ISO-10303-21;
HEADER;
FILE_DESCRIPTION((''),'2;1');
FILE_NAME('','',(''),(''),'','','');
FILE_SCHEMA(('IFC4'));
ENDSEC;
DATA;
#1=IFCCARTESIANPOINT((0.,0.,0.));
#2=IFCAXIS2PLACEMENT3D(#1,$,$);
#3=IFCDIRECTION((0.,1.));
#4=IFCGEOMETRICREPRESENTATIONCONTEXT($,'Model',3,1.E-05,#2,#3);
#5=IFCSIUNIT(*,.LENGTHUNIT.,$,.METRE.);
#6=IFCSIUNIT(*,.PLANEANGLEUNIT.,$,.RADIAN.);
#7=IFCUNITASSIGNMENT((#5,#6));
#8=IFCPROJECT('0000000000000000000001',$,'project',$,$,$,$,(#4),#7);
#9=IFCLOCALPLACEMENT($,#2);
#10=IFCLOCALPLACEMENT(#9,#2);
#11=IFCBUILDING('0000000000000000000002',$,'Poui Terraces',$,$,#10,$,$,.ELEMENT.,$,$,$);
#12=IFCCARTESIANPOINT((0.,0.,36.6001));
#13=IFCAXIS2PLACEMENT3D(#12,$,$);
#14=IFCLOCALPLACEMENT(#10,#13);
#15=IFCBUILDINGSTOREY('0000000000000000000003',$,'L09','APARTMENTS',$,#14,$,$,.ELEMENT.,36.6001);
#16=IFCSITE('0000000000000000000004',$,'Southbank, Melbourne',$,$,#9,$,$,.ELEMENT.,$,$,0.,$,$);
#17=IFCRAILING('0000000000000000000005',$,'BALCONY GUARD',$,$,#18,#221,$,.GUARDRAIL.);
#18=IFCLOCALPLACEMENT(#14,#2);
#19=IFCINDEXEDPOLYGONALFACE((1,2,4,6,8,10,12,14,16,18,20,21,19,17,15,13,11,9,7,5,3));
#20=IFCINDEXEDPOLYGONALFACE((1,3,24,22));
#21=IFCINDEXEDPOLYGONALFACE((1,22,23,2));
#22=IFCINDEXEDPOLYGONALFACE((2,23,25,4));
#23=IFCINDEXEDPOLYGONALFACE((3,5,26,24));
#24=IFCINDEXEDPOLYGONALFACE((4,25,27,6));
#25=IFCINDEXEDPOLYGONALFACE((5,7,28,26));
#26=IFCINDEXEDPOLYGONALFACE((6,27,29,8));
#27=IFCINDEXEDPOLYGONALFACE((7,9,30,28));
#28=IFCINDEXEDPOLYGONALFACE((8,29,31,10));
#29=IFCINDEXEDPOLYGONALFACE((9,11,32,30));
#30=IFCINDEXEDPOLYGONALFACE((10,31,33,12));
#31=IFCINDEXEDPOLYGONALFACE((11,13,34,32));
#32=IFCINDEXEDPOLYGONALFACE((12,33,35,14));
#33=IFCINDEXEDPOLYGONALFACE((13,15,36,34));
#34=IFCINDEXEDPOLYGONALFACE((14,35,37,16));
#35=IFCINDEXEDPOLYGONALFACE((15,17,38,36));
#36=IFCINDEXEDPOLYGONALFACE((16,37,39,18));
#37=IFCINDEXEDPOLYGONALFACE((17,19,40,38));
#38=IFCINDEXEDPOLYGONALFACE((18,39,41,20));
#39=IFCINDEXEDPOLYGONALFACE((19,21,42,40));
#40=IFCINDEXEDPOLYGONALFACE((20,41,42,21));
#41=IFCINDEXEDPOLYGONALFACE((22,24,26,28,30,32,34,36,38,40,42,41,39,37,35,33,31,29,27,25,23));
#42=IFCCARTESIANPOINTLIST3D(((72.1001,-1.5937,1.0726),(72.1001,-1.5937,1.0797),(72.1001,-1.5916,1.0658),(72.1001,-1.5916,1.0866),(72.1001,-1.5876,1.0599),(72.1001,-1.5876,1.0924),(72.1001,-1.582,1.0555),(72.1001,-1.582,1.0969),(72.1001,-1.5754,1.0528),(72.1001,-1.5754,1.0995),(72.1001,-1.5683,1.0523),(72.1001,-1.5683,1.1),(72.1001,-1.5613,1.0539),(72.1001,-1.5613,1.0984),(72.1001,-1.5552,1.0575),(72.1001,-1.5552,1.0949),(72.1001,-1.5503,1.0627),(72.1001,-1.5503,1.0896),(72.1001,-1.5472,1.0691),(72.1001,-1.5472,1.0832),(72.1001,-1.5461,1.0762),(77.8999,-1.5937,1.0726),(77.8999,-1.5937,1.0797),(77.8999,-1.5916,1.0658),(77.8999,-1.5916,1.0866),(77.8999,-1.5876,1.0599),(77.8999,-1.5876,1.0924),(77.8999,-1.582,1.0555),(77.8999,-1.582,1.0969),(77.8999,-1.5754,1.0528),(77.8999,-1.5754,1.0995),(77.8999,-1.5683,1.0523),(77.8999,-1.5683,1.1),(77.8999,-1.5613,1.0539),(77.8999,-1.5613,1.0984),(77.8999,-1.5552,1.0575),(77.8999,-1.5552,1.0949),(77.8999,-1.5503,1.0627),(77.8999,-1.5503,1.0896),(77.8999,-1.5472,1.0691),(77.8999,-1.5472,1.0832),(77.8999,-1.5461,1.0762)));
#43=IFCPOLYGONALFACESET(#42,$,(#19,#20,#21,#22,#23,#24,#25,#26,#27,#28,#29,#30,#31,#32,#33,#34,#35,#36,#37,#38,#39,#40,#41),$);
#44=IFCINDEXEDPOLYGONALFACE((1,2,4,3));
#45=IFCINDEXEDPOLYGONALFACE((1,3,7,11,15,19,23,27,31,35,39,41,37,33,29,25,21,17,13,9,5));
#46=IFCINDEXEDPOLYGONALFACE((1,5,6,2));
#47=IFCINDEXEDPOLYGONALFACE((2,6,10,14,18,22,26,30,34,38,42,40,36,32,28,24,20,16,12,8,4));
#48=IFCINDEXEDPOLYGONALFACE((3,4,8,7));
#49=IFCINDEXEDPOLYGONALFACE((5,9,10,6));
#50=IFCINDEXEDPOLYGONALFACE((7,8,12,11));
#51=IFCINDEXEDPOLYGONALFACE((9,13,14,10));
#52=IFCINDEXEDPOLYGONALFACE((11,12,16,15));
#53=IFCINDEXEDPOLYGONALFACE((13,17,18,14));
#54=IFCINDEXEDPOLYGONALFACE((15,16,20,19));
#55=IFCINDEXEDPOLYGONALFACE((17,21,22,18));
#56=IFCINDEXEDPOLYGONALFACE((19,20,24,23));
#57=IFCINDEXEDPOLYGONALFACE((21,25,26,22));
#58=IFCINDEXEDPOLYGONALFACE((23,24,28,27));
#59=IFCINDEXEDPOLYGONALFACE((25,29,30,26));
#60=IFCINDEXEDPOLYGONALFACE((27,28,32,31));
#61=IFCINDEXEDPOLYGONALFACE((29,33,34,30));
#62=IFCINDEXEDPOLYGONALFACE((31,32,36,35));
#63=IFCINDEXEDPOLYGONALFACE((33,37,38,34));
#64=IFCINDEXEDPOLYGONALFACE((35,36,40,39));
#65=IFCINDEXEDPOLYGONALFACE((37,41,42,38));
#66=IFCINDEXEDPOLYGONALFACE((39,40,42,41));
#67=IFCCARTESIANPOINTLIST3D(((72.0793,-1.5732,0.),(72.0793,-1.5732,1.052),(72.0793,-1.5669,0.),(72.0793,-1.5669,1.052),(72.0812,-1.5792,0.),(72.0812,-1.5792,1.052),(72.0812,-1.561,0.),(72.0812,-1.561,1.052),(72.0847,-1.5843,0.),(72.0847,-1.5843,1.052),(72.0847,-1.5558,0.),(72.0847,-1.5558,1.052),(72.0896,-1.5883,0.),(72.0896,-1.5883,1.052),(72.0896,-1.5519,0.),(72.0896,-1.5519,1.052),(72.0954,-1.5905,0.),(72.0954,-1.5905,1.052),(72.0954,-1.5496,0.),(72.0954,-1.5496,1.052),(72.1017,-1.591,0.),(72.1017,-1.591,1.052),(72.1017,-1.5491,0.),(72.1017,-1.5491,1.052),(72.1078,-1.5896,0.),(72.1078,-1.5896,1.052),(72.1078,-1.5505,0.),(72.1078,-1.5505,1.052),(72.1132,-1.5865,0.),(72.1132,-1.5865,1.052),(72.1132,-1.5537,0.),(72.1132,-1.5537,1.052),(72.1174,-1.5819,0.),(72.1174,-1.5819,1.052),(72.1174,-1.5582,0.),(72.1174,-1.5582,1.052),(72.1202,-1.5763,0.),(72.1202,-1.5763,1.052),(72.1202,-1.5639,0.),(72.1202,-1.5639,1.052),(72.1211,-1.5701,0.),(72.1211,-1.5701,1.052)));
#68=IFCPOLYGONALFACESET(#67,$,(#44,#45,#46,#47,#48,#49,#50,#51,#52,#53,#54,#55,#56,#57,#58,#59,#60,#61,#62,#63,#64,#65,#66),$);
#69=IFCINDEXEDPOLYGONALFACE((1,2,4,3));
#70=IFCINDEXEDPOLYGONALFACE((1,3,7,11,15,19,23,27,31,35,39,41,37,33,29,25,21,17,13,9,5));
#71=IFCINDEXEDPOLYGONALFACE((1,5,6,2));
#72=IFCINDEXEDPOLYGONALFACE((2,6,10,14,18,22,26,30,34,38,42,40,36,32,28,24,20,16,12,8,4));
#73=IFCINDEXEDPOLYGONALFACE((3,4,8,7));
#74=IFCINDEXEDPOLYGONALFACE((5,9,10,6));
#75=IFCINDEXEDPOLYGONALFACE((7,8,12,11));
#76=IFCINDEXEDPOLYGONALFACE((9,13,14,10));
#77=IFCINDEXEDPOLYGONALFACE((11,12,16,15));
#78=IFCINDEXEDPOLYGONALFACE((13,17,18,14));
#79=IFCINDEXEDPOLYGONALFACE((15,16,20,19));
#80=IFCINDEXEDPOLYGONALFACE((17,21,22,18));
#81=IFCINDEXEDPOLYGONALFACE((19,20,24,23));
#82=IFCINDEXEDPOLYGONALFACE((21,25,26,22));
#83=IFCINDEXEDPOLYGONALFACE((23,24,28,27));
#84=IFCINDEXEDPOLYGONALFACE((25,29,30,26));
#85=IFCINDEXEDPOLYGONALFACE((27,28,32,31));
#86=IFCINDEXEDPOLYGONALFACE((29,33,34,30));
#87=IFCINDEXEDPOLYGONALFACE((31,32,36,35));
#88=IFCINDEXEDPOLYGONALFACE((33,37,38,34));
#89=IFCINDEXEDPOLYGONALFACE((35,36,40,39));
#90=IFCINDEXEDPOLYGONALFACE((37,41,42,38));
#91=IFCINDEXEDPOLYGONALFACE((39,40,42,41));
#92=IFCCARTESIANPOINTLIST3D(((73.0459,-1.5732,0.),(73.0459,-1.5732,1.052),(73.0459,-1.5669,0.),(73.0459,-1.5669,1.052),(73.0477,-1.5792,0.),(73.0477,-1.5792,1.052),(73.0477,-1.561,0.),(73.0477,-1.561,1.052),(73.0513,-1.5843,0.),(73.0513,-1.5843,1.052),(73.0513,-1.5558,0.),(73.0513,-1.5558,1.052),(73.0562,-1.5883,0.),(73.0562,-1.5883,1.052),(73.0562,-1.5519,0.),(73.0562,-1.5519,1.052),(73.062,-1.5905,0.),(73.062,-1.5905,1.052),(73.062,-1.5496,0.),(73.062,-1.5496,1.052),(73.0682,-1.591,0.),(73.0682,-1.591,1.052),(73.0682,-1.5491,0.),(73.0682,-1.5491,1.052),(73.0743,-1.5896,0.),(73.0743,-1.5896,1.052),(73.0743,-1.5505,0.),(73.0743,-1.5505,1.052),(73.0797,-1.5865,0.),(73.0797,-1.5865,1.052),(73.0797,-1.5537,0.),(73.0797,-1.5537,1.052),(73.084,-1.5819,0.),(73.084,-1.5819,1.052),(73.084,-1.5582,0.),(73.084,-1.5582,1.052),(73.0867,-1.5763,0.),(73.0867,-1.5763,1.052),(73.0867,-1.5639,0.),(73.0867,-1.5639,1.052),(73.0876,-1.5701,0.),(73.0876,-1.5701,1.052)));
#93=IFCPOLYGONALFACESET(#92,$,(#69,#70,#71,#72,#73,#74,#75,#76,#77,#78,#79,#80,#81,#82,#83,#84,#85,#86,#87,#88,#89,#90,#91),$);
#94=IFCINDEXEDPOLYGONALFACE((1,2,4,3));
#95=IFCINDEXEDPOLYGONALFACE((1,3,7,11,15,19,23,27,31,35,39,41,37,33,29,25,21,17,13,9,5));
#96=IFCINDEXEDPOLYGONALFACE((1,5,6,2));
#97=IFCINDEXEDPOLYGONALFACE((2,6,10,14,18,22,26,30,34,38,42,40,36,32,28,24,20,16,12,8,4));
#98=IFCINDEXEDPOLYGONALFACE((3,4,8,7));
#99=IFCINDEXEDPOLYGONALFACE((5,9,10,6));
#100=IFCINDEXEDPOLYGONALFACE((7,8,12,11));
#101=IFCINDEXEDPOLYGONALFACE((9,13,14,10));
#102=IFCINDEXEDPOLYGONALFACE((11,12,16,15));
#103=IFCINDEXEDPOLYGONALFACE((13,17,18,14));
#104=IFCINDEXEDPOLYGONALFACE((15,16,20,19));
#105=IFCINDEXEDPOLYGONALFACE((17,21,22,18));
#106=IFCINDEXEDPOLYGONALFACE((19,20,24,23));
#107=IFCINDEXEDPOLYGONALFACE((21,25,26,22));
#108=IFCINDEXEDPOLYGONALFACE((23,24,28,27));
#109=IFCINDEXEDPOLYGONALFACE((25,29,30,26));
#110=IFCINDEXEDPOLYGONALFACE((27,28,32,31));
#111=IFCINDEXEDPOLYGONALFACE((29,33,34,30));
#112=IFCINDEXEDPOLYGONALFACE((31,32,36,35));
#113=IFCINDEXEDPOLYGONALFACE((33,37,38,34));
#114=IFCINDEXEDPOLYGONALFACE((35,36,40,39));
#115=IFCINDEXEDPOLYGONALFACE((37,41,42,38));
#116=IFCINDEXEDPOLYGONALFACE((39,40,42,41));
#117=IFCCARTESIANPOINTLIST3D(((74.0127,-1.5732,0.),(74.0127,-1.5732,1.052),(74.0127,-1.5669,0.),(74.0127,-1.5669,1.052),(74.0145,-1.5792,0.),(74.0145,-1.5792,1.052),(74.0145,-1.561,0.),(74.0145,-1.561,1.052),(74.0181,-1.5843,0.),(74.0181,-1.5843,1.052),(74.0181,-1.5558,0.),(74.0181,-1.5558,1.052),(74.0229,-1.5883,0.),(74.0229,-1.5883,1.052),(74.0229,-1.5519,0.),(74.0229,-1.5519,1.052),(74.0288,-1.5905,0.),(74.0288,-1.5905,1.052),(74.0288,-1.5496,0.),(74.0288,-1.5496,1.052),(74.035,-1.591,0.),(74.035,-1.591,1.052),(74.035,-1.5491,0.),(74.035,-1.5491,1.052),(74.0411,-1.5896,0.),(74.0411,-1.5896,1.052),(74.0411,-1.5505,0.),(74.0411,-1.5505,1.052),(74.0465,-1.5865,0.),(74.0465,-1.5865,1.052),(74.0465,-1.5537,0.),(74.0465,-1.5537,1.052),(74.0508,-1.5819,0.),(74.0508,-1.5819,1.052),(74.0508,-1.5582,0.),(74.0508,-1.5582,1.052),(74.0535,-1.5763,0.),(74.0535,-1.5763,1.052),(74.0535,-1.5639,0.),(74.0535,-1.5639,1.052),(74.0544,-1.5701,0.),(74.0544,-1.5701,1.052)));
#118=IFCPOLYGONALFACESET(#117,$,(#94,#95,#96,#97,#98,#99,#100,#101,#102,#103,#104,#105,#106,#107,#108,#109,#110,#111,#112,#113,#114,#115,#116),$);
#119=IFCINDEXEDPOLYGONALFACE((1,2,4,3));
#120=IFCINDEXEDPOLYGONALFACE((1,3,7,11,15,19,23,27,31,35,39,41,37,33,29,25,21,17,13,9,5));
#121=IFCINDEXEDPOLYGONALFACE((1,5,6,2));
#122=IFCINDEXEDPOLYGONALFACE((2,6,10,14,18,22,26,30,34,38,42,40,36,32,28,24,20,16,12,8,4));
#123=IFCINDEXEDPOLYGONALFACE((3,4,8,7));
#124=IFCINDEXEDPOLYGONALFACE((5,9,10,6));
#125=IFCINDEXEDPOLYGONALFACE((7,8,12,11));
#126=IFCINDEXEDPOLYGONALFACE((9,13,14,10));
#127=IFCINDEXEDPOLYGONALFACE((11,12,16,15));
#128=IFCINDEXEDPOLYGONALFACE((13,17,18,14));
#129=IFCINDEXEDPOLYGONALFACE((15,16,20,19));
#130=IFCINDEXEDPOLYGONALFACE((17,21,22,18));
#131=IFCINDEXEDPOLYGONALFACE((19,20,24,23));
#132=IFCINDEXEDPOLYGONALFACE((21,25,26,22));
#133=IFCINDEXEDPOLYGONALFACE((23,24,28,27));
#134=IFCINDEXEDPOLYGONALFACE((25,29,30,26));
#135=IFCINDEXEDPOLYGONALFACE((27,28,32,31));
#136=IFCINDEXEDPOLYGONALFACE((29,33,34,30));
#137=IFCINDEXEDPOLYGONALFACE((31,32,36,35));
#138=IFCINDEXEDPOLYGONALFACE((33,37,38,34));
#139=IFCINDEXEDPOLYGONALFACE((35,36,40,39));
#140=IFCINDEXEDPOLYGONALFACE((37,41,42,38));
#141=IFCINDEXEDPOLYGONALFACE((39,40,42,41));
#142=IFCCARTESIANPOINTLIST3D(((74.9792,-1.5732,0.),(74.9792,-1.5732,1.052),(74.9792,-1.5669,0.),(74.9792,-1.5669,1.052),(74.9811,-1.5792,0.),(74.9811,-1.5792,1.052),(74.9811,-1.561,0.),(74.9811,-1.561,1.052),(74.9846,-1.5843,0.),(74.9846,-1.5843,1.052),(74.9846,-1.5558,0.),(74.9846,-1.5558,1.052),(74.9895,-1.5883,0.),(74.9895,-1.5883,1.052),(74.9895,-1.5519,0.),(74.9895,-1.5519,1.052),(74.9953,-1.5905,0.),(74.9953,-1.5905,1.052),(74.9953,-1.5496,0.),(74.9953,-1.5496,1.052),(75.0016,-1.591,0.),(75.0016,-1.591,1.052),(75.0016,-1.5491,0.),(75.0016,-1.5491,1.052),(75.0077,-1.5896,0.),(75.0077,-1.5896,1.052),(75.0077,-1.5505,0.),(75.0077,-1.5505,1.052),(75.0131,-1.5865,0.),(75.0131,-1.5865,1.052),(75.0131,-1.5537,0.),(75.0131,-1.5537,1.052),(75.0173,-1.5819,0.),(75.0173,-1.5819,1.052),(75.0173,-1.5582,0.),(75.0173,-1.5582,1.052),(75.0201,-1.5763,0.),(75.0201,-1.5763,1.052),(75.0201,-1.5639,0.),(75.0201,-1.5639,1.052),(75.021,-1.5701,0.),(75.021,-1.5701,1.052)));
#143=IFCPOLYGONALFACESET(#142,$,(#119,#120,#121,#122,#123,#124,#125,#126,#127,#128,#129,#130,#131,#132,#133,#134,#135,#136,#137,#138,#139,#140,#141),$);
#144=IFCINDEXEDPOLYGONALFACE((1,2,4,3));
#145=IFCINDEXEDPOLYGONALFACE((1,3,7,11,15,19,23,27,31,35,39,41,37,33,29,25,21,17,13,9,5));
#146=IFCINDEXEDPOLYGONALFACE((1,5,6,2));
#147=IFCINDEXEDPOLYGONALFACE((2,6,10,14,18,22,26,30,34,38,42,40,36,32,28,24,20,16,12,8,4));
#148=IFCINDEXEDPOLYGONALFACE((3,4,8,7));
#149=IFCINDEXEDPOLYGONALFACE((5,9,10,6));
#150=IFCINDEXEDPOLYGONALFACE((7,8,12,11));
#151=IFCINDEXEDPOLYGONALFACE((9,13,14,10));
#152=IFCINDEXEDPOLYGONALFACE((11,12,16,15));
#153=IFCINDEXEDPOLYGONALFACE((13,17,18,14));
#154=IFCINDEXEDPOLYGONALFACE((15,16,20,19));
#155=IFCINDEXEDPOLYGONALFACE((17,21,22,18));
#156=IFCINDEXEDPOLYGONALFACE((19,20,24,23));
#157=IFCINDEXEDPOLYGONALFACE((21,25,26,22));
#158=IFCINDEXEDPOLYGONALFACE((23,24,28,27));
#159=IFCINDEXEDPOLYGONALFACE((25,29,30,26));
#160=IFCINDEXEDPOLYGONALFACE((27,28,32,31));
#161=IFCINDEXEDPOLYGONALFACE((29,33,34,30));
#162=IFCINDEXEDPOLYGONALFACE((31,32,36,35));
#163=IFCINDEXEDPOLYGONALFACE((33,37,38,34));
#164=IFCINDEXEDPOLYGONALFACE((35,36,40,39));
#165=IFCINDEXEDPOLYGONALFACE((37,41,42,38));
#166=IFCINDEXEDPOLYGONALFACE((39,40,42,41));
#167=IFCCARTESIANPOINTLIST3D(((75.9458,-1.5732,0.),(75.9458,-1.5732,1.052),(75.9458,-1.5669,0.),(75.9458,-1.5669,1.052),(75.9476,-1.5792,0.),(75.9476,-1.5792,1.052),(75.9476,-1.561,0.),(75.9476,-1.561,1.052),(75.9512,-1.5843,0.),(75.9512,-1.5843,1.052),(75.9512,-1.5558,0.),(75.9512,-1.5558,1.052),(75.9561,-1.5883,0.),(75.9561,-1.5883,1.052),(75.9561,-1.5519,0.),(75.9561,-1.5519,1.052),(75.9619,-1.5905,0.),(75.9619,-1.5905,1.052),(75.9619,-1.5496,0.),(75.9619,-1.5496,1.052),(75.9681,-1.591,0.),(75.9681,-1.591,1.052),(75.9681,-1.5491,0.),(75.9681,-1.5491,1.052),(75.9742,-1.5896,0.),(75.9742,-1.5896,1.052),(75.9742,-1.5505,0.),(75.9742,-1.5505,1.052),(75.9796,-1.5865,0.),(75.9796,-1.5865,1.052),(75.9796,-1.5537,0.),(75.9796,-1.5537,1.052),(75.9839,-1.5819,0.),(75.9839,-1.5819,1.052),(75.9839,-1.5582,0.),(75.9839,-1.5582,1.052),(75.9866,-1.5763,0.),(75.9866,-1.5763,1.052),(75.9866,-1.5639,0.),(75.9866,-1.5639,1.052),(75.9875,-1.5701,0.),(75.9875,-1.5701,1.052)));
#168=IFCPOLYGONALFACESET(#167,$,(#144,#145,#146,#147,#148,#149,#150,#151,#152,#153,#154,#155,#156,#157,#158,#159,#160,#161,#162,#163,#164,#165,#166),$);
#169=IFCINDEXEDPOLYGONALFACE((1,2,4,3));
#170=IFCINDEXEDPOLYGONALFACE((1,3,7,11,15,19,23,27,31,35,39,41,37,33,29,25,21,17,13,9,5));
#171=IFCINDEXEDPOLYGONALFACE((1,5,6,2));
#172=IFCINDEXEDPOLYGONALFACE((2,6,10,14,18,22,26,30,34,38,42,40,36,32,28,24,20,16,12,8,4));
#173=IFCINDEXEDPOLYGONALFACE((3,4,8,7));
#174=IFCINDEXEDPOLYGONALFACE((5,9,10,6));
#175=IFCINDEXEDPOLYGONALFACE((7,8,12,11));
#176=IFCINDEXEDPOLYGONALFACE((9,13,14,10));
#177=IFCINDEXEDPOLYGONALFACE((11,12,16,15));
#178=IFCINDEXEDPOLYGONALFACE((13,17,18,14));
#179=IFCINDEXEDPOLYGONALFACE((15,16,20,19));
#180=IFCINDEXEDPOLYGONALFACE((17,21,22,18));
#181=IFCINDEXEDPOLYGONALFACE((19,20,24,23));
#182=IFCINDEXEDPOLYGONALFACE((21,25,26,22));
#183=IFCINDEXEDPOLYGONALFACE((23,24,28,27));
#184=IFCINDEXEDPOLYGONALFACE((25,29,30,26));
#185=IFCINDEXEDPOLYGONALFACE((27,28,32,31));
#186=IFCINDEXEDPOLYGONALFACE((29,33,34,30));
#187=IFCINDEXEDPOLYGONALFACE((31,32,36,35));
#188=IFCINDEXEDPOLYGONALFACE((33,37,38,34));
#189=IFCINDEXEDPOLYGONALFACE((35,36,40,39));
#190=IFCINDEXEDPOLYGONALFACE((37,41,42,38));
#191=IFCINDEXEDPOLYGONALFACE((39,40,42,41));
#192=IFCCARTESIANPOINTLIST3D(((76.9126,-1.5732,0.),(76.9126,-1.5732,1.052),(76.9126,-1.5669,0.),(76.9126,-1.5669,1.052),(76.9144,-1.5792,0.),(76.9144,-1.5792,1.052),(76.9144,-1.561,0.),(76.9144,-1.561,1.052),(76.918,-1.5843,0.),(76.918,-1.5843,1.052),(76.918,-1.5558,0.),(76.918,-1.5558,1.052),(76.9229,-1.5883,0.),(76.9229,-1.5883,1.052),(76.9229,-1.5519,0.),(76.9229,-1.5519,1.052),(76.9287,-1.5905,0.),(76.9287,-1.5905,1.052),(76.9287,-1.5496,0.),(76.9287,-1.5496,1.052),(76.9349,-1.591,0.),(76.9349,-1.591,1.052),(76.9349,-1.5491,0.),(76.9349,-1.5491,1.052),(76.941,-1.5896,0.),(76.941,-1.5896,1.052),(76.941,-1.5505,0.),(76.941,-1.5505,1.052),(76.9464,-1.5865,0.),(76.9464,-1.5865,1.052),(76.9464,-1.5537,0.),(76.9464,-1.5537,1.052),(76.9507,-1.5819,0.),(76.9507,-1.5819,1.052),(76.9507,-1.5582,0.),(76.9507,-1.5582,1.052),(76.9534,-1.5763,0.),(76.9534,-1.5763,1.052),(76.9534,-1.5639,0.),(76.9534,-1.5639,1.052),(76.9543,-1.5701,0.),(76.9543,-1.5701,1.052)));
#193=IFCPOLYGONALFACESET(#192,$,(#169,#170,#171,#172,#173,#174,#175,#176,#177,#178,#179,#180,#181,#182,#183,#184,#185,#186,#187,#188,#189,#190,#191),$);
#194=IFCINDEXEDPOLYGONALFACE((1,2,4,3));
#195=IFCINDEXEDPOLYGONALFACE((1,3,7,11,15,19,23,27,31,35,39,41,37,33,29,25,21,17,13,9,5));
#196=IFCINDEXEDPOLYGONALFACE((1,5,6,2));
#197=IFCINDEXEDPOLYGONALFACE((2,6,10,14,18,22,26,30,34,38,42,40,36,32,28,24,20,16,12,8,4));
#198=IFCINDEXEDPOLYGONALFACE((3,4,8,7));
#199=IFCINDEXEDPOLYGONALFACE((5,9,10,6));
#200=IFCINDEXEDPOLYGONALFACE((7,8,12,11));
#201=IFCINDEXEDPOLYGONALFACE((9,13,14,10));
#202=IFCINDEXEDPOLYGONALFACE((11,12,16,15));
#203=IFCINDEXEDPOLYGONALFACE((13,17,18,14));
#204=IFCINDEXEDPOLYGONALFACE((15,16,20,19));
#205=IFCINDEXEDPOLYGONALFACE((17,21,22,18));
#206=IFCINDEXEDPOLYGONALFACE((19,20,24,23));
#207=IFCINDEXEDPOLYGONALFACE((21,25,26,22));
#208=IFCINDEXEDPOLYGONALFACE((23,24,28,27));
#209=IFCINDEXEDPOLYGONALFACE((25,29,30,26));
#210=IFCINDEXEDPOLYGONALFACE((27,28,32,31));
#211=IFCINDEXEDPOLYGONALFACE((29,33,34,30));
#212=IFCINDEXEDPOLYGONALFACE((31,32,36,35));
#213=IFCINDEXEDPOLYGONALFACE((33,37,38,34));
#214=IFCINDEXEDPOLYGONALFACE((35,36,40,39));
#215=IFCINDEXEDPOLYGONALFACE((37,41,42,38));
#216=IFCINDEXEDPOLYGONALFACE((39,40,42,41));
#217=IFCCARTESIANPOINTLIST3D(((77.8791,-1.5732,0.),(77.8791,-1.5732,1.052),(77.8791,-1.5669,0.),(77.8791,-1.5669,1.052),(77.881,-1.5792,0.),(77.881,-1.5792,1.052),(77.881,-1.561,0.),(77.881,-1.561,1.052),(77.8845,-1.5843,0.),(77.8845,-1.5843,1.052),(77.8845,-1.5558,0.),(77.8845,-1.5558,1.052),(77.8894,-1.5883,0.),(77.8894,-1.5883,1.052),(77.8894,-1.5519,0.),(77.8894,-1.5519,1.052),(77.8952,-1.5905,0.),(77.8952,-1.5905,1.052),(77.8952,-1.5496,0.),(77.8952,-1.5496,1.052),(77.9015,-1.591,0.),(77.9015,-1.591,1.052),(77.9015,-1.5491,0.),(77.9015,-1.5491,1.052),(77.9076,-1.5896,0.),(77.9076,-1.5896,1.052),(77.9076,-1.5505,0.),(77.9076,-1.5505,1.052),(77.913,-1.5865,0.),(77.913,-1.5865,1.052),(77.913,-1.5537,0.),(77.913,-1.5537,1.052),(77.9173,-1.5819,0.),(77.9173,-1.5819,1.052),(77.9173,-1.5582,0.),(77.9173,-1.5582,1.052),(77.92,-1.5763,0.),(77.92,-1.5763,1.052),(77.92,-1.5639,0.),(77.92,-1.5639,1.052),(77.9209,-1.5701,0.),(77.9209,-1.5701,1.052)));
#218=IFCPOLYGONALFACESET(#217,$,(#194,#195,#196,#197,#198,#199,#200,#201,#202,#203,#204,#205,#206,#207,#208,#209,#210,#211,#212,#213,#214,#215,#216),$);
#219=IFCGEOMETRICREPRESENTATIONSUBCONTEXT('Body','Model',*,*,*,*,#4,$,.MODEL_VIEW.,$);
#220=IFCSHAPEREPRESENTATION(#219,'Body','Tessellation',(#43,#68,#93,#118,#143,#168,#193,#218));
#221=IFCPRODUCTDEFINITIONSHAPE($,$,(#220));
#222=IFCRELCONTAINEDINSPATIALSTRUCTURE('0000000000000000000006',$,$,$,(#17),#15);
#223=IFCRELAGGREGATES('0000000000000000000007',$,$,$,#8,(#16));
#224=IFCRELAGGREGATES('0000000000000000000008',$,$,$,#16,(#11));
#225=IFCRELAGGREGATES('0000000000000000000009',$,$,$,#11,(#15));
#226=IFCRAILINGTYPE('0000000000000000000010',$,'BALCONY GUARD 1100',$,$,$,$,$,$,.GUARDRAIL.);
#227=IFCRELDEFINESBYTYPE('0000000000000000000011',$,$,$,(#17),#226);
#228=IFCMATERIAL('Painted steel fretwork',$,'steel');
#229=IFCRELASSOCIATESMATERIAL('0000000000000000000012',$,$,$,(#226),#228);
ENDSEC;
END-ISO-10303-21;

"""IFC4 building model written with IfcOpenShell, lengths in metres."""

from ifc_helpers import new_model, si_unit, direction, frame, origin, origin_2d, place, context, subcontext, project, spatial, circle, extrude, material, type_object, element, save


model = new_model("IFC4")

# Units and contexts
model_context = context("Model", 3, precision=1e-05, world=origin(), true_north=direction((0.0, 1.0)))
body_context = subcontext(model_context, "Body", "Model", "MODEL_VIEW")
ifc_project = project(units=[si_unit("LENGTHUNIT", "METRE"), si_unit("PLANEANGLEUNIT", "RADIAN")], contexts=[model_context])

# Site, building, storey
site_placement = place(None, origin())
site = spatial("IfcSite", under=ifc_project, at=site_placement, Name="Southbank, Melbourne", CompositionType="ELEMENT", RefElevation=0.0)
building_placement = place(site_placement, origin())
building = spatial("IfcBuilding", under=site, at=building_placement, Name="Poui Terraces", CompositionType="ELEMENT")
storey_placement = place(building_placement, frame((0.0, 0.0, 36.6001)))
storey = spatial("IfcBuildingStorey", under=building, at=storey_placement, Name="L09", Description="APARTMENTS", CompositionType="ELEMENT", Elevation=36.6001)

# Railing
ifc_material_1 = material(Name="Painted steel fretwork", Category="steel")
railing_type_1 = type_object("IfcRailingType", Name="BALCONY GUARD 1100", PredefinedType="GUARDRAIL", material=ifc_material_1)
railing_1_placement = place(storey_placement, frame((72.1001, -1.5701, 0.0)))
element("IfcRailing", 1, at=railing_1_placement, inside=storey, type_object=railing_type_1, Name="BALCONY GUARD", PredefinedType="GUARDRAIL", context=body_context, shape_type="SweptSolid", body=[
    extrude(circle(Radius=0.0239, at=origin_2d()), frame((0.0, 0.0, 1.0762), z_axis=(1.0, 0.0, 0.0), x_axis=(0.0, 1.0, 0.0)), (0.0, 0.0, 1.0), 5.7998),
    extrude(circle(Radius=0.021, at=origin_2d()), origin(), (0.0, 0.0, 1.0), 1.052),
    extrude(circle(Radius=0.021, at=origin_2d()), frame((0.9666, 0.0, 0.0)), (0.0, 0.0, 1.0), 1.052),
    extrude(circle(Radius=0.021, at=origin_2d()), frame((1.9333, 0.0, 0.0)), (0.0, 0.0, 1.0), 1.052),
    extrude(circle(Radius=0.021, at=origin_2d()), frame((2.8999, 0.0, 0.0)), (0.0, 0.0, 1.0), 1.052),
    extrude(circle(Radius=0.021, at=origin_2d()), frame((3.8665, 0.0, 0.0)), (0.0, 0.0, 1.0), 1.052),
    extrude(circle(Radius=0.021, at=origin_2d()), frame((4.8333, 0.0, 0.0)), (0.0, 0.0, 1.0), 1.052),
    extrude(circle(Radius=0.021, at=origin_2d()), frame((5.7998, 0.0, 0.0)), (0.0, 0.0, 1.0), 1.052),
])

save(model, "model.ifc")
